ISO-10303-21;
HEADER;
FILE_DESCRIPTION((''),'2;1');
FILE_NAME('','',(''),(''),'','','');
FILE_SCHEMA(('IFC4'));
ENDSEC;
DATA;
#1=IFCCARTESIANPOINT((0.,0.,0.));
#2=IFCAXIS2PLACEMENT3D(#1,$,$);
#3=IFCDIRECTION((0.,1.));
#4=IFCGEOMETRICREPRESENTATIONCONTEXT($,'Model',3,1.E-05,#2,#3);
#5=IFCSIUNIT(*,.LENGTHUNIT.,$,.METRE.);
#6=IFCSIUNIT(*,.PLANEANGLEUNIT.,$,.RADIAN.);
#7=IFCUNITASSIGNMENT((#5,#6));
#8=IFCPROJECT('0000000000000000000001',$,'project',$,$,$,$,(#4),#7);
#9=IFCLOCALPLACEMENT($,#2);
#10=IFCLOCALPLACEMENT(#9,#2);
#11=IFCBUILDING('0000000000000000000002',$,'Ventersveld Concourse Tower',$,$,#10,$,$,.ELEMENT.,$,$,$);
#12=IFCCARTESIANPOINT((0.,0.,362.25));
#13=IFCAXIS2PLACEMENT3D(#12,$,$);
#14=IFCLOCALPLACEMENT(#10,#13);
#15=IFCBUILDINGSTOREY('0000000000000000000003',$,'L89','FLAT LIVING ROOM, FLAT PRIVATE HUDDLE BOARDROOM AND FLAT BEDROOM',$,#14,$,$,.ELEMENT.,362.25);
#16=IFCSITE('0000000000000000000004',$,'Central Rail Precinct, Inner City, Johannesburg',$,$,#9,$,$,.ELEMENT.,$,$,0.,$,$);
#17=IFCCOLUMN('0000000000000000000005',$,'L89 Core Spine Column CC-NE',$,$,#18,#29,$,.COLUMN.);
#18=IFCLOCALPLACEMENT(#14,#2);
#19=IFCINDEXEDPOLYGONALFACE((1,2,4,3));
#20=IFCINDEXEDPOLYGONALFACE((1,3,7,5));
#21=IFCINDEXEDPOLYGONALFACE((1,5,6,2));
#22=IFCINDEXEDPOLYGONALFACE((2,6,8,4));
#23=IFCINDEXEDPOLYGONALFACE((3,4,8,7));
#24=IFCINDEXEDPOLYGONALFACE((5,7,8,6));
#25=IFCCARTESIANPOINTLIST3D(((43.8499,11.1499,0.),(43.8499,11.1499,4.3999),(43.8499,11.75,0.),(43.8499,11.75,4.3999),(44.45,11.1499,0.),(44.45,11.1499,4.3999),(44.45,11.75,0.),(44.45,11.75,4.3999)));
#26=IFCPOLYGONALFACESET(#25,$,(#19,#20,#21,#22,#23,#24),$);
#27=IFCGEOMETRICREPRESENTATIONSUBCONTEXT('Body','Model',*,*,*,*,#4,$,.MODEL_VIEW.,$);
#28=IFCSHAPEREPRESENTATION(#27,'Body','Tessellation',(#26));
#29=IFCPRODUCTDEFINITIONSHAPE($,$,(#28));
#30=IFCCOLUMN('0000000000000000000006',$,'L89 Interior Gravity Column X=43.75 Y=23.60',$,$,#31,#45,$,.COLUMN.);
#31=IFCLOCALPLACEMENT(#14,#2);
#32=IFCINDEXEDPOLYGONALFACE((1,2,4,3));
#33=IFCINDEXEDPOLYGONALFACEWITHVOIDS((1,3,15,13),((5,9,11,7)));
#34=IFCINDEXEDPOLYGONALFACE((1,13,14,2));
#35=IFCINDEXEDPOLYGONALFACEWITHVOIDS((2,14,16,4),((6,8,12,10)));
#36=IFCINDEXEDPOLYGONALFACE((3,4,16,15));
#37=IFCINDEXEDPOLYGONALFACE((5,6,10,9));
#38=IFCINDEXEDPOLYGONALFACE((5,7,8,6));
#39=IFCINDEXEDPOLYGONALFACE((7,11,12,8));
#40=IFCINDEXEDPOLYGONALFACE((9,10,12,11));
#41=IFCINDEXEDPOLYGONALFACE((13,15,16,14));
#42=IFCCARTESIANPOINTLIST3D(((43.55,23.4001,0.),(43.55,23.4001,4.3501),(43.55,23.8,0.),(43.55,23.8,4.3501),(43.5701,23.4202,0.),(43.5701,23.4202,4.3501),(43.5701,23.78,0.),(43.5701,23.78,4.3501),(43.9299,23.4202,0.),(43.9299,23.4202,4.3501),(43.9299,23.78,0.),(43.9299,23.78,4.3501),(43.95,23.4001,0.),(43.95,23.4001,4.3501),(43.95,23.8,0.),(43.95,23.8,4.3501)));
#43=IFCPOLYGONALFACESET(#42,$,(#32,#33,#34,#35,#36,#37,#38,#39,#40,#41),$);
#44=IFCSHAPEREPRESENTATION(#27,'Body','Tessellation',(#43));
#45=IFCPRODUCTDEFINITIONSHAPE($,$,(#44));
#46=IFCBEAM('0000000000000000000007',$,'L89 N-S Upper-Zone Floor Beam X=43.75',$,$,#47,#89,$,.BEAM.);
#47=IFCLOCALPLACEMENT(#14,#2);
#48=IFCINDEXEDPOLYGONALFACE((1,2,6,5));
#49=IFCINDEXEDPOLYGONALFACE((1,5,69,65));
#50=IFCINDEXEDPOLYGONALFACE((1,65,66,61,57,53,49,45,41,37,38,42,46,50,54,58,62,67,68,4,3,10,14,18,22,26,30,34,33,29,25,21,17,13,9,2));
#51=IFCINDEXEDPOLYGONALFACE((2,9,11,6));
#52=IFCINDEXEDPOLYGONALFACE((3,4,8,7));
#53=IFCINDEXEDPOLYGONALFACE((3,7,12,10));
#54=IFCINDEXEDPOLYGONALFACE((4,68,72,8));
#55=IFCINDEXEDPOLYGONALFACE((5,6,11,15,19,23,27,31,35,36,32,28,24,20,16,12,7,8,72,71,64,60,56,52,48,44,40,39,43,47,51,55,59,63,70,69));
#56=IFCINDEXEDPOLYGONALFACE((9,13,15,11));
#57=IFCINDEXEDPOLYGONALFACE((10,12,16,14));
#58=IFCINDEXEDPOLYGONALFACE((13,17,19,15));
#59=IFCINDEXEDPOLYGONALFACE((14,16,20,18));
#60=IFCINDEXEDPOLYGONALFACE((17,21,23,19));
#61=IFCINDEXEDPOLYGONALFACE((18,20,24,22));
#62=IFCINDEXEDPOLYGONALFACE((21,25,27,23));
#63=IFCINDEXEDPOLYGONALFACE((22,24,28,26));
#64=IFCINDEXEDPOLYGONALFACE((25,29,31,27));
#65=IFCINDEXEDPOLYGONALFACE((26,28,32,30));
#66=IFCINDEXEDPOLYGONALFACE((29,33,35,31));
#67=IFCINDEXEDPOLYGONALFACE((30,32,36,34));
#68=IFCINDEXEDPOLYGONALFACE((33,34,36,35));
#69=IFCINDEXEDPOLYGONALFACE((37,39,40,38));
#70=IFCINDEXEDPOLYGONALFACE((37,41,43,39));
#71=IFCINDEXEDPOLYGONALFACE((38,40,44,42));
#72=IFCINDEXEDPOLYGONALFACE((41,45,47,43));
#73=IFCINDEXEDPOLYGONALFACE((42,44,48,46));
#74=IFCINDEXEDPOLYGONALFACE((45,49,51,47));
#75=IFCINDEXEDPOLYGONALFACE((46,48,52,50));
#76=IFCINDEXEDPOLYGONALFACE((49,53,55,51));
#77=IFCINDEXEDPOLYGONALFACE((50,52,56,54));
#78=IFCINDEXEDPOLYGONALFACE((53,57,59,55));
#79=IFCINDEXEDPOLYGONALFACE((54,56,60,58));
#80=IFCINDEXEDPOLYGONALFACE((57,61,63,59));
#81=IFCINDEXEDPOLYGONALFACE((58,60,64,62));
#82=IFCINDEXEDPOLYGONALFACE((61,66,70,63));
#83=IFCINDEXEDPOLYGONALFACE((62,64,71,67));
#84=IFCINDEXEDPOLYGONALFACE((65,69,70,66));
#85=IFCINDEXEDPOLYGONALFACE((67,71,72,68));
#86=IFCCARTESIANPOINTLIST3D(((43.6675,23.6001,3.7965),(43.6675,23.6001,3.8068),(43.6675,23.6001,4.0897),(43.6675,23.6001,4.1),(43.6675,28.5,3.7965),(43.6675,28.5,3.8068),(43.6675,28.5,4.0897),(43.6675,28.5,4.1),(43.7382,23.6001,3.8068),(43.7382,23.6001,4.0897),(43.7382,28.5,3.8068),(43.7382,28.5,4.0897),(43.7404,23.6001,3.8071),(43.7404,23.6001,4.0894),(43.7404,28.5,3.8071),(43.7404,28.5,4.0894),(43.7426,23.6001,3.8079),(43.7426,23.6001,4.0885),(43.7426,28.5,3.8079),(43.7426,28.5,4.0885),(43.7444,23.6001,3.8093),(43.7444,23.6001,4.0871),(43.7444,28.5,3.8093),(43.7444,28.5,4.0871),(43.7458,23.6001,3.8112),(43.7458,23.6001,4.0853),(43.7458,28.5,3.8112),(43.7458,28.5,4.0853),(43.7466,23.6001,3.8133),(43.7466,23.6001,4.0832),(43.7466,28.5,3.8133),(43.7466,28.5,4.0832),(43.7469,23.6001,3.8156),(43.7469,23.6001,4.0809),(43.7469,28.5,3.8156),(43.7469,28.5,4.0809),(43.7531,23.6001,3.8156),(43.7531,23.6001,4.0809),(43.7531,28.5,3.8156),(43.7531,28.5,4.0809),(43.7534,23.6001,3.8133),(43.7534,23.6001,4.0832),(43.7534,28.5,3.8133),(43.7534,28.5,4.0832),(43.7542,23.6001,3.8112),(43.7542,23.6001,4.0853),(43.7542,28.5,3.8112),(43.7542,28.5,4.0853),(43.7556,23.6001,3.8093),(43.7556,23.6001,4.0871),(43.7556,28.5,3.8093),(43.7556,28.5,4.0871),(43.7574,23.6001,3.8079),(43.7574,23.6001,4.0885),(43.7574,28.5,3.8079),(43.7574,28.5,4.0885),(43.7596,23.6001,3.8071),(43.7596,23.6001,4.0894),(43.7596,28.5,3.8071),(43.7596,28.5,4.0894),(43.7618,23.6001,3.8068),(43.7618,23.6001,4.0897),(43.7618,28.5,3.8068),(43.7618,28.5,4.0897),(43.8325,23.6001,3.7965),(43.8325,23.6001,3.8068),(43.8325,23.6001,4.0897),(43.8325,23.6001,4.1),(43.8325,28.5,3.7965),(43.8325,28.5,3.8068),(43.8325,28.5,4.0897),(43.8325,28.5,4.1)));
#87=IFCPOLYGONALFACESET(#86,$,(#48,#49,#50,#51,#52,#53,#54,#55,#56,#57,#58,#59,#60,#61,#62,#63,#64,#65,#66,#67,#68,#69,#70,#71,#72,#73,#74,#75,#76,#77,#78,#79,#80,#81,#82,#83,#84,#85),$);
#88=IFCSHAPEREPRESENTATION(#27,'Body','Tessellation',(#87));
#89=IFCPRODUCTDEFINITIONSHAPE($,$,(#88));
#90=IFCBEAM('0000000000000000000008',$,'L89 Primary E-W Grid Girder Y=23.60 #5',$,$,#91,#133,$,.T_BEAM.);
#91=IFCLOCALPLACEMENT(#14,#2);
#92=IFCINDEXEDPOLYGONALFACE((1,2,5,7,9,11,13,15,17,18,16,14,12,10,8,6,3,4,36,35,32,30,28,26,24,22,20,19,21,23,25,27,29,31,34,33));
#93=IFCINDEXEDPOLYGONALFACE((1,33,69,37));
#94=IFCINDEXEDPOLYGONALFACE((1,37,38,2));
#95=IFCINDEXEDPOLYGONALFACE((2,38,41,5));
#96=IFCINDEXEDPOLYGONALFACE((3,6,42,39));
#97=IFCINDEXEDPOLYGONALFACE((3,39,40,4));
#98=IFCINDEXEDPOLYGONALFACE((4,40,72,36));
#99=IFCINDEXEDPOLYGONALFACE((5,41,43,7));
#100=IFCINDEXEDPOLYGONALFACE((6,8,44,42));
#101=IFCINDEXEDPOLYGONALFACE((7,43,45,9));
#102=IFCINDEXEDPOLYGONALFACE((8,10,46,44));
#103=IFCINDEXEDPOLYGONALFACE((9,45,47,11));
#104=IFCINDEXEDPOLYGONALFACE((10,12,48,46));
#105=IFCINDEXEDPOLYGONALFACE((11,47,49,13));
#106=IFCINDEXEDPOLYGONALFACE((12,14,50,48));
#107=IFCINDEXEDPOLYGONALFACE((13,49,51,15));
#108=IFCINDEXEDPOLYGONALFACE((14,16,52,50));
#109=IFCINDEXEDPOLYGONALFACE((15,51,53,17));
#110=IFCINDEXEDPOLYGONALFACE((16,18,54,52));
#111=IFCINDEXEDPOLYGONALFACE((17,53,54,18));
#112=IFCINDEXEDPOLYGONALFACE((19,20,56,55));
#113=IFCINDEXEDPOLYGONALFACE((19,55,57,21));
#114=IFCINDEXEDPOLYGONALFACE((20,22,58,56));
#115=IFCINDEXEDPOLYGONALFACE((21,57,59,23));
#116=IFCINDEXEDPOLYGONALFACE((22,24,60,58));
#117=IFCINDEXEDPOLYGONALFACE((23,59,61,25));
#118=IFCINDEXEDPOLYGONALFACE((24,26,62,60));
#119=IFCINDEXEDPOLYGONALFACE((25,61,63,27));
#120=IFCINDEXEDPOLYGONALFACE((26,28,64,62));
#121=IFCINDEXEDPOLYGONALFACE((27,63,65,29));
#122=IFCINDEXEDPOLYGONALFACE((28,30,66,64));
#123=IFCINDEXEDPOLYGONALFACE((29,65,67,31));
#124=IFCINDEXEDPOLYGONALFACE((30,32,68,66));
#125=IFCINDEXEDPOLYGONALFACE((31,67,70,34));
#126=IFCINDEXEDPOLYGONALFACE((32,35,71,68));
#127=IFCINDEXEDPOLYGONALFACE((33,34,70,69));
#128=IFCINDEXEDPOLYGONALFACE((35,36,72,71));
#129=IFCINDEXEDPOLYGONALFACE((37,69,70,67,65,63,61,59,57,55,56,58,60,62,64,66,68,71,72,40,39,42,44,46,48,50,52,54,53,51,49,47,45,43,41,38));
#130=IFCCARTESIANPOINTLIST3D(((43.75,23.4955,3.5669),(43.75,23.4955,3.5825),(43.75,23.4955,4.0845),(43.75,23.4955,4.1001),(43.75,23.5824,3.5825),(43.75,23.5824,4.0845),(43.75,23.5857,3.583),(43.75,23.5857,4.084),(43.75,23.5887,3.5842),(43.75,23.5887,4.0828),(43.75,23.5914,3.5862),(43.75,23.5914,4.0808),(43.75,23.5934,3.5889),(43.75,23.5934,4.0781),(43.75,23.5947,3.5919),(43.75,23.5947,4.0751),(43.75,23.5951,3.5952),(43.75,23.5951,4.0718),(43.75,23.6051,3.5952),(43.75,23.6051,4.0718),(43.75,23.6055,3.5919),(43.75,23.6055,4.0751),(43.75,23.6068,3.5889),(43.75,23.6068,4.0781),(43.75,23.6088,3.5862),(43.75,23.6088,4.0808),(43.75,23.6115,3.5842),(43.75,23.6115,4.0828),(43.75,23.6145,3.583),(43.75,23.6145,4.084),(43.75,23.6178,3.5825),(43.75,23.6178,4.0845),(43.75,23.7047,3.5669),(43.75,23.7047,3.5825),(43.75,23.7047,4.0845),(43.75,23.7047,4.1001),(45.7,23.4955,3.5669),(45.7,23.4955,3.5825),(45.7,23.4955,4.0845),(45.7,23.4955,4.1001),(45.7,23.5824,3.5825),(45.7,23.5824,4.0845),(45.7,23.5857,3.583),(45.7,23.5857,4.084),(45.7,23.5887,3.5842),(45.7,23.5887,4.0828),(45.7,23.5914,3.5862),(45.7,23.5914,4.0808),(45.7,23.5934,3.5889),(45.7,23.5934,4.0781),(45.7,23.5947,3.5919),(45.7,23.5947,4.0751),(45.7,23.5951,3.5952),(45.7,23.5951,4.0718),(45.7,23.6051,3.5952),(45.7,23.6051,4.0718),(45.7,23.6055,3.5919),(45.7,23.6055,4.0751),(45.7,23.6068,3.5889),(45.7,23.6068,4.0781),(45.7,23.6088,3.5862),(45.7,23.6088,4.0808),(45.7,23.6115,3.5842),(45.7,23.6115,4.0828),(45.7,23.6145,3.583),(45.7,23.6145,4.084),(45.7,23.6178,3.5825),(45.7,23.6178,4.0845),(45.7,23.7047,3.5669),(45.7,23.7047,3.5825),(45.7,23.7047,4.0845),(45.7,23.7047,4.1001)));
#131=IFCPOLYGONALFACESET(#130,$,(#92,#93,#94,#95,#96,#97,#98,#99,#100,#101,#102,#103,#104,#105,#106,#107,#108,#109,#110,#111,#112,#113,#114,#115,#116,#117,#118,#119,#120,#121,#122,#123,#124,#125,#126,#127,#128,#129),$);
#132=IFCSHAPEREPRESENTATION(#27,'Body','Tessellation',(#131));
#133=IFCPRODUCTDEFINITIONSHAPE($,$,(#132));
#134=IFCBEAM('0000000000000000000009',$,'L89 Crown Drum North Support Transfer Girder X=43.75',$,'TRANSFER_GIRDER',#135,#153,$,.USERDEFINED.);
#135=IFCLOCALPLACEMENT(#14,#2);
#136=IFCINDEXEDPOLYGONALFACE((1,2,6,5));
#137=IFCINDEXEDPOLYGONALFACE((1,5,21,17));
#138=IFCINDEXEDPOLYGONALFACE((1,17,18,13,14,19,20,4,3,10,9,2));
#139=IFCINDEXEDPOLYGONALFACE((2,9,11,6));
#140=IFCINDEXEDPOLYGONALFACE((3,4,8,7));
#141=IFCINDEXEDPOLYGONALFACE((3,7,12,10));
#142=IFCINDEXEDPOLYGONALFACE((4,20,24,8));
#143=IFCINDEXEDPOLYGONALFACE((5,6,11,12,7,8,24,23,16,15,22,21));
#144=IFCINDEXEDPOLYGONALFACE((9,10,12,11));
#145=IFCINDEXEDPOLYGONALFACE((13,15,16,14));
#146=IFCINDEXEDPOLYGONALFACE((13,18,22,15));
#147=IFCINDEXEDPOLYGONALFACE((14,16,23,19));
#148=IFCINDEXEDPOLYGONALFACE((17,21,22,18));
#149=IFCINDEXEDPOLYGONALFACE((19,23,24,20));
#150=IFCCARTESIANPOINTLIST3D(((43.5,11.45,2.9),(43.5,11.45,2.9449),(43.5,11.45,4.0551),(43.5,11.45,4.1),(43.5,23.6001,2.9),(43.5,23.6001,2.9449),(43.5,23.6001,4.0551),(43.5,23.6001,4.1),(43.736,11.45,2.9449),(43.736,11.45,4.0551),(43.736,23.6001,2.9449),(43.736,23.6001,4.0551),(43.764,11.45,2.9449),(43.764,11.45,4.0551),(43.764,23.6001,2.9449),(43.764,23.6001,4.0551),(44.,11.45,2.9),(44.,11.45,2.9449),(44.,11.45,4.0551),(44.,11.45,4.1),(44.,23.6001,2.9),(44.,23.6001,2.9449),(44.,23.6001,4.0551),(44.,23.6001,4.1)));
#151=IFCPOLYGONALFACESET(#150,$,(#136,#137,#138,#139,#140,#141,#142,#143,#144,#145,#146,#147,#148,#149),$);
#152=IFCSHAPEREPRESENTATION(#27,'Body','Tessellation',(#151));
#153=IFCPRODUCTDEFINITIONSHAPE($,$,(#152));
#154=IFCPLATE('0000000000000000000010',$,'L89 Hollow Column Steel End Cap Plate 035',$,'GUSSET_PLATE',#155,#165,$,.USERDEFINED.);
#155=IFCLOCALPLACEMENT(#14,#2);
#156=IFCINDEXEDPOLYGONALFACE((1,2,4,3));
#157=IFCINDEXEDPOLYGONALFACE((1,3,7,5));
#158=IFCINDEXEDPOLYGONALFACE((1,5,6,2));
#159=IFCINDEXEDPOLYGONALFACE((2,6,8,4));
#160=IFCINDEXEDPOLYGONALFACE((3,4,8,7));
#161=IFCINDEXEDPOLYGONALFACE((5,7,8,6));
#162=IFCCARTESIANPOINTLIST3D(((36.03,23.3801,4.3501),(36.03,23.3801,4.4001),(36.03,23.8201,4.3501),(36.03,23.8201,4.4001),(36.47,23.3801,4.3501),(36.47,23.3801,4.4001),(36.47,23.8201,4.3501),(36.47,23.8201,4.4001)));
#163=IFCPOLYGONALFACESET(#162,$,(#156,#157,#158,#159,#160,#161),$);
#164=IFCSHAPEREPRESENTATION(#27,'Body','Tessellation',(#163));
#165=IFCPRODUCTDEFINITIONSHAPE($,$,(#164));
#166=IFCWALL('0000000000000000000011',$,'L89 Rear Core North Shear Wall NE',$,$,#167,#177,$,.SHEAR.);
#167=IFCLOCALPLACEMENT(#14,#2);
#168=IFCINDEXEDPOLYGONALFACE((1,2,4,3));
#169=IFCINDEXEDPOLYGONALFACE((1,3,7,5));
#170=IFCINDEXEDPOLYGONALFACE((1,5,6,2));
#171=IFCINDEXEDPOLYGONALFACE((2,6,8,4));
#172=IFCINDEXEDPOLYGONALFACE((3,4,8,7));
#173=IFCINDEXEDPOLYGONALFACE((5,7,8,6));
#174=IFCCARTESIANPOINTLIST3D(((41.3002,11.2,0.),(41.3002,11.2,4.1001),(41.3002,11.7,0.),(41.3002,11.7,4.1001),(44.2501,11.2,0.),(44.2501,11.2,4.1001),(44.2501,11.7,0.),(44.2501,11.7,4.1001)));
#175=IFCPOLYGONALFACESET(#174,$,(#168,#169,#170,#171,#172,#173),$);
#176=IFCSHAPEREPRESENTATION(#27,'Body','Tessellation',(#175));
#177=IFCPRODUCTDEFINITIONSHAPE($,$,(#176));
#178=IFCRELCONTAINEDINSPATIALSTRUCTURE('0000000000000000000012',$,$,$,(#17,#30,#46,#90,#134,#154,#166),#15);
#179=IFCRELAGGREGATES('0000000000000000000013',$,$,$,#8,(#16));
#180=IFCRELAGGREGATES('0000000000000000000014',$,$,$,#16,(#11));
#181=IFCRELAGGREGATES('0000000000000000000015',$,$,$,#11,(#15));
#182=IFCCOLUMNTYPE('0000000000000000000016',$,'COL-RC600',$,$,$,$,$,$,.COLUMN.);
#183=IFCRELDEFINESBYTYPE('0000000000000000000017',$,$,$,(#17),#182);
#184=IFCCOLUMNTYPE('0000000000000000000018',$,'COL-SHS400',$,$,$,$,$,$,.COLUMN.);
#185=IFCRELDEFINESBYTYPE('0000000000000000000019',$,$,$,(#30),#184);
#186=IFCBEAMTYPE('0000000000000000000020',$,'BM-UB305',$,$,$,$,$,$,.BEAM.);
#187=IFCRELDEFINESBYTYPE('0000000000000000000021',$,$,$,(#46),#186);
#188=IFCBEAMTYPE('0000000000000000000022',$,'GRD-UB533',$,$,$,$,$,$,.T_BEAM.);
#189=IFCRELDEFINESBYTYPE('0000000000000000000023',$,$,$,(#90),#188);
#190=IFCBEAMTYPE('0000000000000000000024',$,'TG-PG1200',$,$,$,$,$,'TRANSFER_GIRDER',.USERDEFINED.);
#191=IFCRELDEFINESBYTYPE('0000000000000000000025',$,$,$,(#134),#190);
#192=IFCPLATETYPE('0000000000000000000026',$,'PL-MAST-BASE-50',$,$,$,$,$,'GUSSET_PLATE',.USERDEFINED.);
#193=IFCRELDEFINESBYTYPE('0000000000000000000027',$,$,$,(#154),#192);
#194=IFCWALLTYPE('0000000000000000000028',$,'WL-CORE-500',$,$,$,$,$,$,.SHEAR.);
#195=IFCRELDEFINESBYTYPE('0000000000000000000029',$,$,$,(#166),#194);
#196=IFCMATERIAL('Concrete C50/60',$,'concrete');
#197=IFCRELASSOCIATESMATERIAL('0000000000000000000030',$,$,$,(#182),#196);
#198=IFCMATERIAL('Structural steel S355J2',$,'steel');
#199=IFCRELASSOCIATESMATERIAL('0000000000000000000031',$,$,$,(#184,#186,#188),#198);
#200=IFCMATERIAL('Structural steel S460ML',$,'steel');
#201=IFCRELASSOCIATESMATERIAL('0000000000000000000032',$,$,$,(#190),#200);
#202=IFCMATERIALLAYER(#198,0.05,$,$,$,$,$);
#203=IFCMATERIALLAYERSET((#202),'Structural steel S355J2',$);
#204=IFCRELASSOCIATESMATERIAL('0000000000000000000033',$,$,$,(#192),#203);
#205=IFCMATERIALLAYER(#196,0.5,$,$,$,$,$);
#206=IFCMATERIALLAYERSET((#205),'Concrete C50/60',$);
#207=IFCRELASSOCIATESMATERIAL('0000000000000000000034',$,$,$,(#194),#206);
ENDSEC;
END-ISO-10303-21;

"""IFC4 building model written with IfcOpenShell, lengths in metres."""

from ifc_helpers import new_model, si_unit, direction, frame, frame_2d, origin, origin_2d, place, context, subcontext, project, spatial, rectangle, hollow_rectangle, i_section, extrude, material, layer, layer_set, material_profile, profile_set, type_object, element, save


model = new_model("IFC4")

# Units and contexts
model_context = context("Model", 3, precision=1e-05, world=origin(), true_north=direction((0.0, 1.0)))
body_context = subcontext(model_context, "Body", "Model", "MODEL_VIEW")
ifc_project = project(units=[si_unit("LENGTHUNIT", "METRE"), si_unit("PLANEANGLEUNIT", "RADIAN")], contexts=[model_context])

# Site, building, storey
site_placement = place(None, origin())
site = spatial("IfcSite", under=ifc_project, at=site_placement, Name="Central Rail Precinct, Inner City, Johannesburg", CompositionType="ELEMENT", RefElevation=0.0)
building_placement = place(site_placement, origin())
building = spatial("IfcBuilding", under=site, at=building_placement, Name="Ventersveld Concourse Tower", CompositionType="ELEMENT")
storey_placement = place(building_placement, frame((0.0, 0.0, 362.25)))
storey = spatial("IfcBuildingStorey", under=building, at=storey_placement, Name="L89", Description="FLAT LIVING ROOM, FLAT PRIVATE HUDDLE BOARDROOM AND FLAT BEDROOM", CompositionType="ELEMENT", Elevation=362.25)

# Columns
ifc_material_1 = material(Name="Concrete C50/60", Category="concrete")
ifc_material_profile_1 = material_profile(ifc_material_1, rectangle(XDim=0.6001, YDim=0.6001, at=origin_2d()), Name="RC 600x600")
ifc_profile_set_1 = profile_set([ifc_material_profile_1], Name="Concrete C50/60")
column_type_1 = type_object("IfcColumnType", Name="COL-RC600", PredefinedType="COLUMN", material=ifc_profile_set_1)
column_1_placement = place(storey_placement, frame((44.1499, 11.45, 0.0), z_axis=(0.0, 0.0, 1.0), x_axis=(1.0, 0.0, 0.0)))
element("IfcColumn", 1, at=column_1_placement, inside=storey, type_object=column_type_1, Name="L89 Core Spine Column CC-NE", PredefinedType="COLUMN", context=body_context, shape_type="SweptSolid", body=[
    extrude(rectangle(XDim=0.6001, YDim=0.6001, at=origin_2d()), origin(), (0.0, 0.0, 1.0), 4.3999),
])
ifc_material_2 = material(Name="Structural steel S355J2", Category="steel")
ifc_material_profile_2 = material_profile(ifc_material_2, hollow_rectangle(XDim=0.3999, YDim=0.3999, WallThickness=0.02, at=origin_2d()), Name="SHS 400x400x20")
ifc_profile_set_2 = profile_set([ifc_material_profile_2], Name="Structural steel S355J2")
column_type_2 = type_object("IfcColumnType", Name="COL-SHS400", PredefinedType="COLUMN", material=ifc_profile_set_2)
column_2_placement = place(storey_placement, frame((43.75, 23.6001, 0.0), z_axis=(0.0, 0.0, 1.0), x_axis=(1.0, 0.0, 0.0)))
element("IfcColumn", 2, at=column_2_placement, inside=storey, type_object=column_type_2, Name="L89 Interior Gravity Column X=43.75 Y=23.60", PredefinedType="COLUMN", context=body_context, shape_type="SweptSolid", body=[
    extrude(hollow_rectangle(XDim=0.3999, YDim=0.3999, WallThickness=0.02, at=origin_2d()), origin(), (0.0, 0.0, 1.0), 4.3501),
])

# Beams
ifc_material_profile_3 = material_profile(ifc_material_2, i_section(OverallWidth=0.165, OverallDepth=0.3035, WebThickness=0.0061, FlangeThickness=0.0103, FilletRadius=0.0088, at=origin_2d()), Name="UB 305x165x40")
ifc_profile_set_3 = profile_set([ifc_material_profile_3], Name="Structural steel S355J2")
beam_type_1 = type_object("IfcBeamType", Name="BM-UB305", PredefinedType="BEAM", material=ifc_profile_set_3)
beam_1_placement = place(storey_placement, frame((43.75, 23.6001, 3.9482), z_axis=(0.0, 1.0, 0.0), x_axis=(-1.0, 0.0, 0.0)))
element("IfcBeam", 3, at=beam_1_placement, inside=storey, type_object=beam_type_1, Name="L89 N-S Upper-Zone Floor Beam X=43.75", PredefinedType="BEAM", context=body_context, shape_type="SweptSolid", body=[
    extrude(i_section(OverallWidth=0.165, OverallDepth=0.3035, WebThickness=0.0061, FlangeThickness=0.0103, FilletRadius=0.0088, at=origin_2d()), origin(), (0.0, 0.0, 1.0), 4.8999),
])
ifc_material_profile_4 = material_profile(ifc_material_2, i_section(OverallWidth=0.2092, OverallDepth=0.5332, WebThickness=0.01, FlangeThickness=0.0156, FilletRadius=0.0127, at=origin_2d()), Name="UB 533x210x92")
ifc_profile_set_4 = profile_set([ifc_material_profile_4], Name="Structural steel S355J2")
beam_type_2 = type_object("IfcBeamType", Name="GRD-UB533", PredefinedType="T_BEAM", material=ifc_profile_set_4)
beam_2_placement = place(storey_placement, frame((43.75, 23.6001, 3.8335), z_axis=(1.0, 0.0, 0.0), x_axis=(0.0, 1.0, 0.0)))
element("IfcBeam", 4, at=beam_2_placement, inside=storey, type_object=beam_type_2, Name="L89 Primary E-W Grid Girder Y=23.60 #5", PredefinedType="T_BEAM", context=body_context, shape_type="SweptSolid", body=[
    extrude(i_section(OverallWidth=0.2092, OverallDepth=0.5332, WebThickness=0.01, FlangeThickness=0.0156, FilletRadius=0.0127, at=origin_2d()), origin(), (0.0, 0.0, 1.0), 1.95),
])
ifc_material_3 = material(Name="Structural steel S460ML", Category="steel")
ifc_material_profile_5 = material_profile(ifc_material_3, i_section(OverallWidth=0.5, OverallDepth=1.2, WebThickness=0.0281, FlangeThickness=0.0449, at=origin_2d()), Name="PG 1200x500x45")
ifc_profile_set_5 = profile_set([ifc_material_profile_5], Name="Structural steel S460ML")
beam_type_3 = type_object("IfcBeamType", Name="TG-PG1200", ElementType="TRANSFER_GIRDER", PredefinedType="USERDEFINED", material=ifc_profile_set_5)
beam_3_placement = place(storey_placement, frame((43.75, 11.45, 3.5), z_axis=(0.0, 1.0, 0.0), x_axis=(-1.0, 0.0, 0.0)))
element("IfcBeam", 5, at=beam_3_placement, inside=storey, type_object=beam_type_3, Name="L89 Crown Drum North Support Transfer Girder X=43.75", ObjectType="TRANSFER_GIRDER", PredefinedType="USERDEFINED", context=body_context, shape_type="SweptSolid", body=[
    extrude(i_section(OverallWidth=0.5, OverallDepth=1.2, WebThickness=0.0281, FlangeThickness=0.0449, at=origin_2d()), origin(), (0.0, 0.0, 1.0), 12.1501),
])

# Plate
ifc_layer_1 = layer(ifc_material_2, 0.05)
ifc_layer_set_1 = layer_set([ifc_layer_1], Name="Structural steel S355J2")
plate_type = type_object("IfcPlateType", Name="PL-MAST-BASE-50", ElementType="GUSSET_PLATE", PredefinedType="USERDEFINED", material=ifc_layer_set_1)
plate_placement = place(storey_placement, frame((36.25, 23.6001, 4.3501), z_axis=(0.0, 0.0, 1.0), x_axis=(1.0, 0.0, 0.0)))
element("IfcPlate", 6, at=plate_placement, inside=storey, type_object=plate_type, Name="L89 Hollow Column Steel End Cap Plate 035", ObjectType="GUSSET_PLATE", PredefinedType="USERDEFINED", context=body_context, shape_type="SweptSolid", body=[
    extrude(rectangle(XDim=0.4399, YDim=0.4399, at=origin_2d()), origin(), (0.0, 0.0, 1.0), 0.05),
])

# Wall
ifc_layer_2 = layer(ifc_material_1, 0.5)
ifc_layer_set_2 = layer_set([ifc_layer_2], Name="Concrete C50/60")
wall_type_1 = type_object("IfcWallType", Name="WL-CORE-500", PredefinedType="SHEAR", material=ifc_layer_set_2)
wall_1_placement = place(storey_placement, frame((41.3, 11.45, 0.0), z_axis=(0.0, 0.0, 1.0), x_axis=(1.0, 0.0, 0.0)))
element("IfcWall", 7, at=wall_1_placement, inside=storey, type_object=wall_type_1, Name="L89 Rear Core North Shear Wall NE", PredefinedType="SHEAR", context=body_context, shape_type="SweptSolid", body=[
    extrude(rectangle(XDim=2.95, YDim=0.5, at=frame_2d((1.4751, 0.0))), origin(), (0.0, 0.0, 1.0), 4.1001),
])

save(model, "model.ifc")
